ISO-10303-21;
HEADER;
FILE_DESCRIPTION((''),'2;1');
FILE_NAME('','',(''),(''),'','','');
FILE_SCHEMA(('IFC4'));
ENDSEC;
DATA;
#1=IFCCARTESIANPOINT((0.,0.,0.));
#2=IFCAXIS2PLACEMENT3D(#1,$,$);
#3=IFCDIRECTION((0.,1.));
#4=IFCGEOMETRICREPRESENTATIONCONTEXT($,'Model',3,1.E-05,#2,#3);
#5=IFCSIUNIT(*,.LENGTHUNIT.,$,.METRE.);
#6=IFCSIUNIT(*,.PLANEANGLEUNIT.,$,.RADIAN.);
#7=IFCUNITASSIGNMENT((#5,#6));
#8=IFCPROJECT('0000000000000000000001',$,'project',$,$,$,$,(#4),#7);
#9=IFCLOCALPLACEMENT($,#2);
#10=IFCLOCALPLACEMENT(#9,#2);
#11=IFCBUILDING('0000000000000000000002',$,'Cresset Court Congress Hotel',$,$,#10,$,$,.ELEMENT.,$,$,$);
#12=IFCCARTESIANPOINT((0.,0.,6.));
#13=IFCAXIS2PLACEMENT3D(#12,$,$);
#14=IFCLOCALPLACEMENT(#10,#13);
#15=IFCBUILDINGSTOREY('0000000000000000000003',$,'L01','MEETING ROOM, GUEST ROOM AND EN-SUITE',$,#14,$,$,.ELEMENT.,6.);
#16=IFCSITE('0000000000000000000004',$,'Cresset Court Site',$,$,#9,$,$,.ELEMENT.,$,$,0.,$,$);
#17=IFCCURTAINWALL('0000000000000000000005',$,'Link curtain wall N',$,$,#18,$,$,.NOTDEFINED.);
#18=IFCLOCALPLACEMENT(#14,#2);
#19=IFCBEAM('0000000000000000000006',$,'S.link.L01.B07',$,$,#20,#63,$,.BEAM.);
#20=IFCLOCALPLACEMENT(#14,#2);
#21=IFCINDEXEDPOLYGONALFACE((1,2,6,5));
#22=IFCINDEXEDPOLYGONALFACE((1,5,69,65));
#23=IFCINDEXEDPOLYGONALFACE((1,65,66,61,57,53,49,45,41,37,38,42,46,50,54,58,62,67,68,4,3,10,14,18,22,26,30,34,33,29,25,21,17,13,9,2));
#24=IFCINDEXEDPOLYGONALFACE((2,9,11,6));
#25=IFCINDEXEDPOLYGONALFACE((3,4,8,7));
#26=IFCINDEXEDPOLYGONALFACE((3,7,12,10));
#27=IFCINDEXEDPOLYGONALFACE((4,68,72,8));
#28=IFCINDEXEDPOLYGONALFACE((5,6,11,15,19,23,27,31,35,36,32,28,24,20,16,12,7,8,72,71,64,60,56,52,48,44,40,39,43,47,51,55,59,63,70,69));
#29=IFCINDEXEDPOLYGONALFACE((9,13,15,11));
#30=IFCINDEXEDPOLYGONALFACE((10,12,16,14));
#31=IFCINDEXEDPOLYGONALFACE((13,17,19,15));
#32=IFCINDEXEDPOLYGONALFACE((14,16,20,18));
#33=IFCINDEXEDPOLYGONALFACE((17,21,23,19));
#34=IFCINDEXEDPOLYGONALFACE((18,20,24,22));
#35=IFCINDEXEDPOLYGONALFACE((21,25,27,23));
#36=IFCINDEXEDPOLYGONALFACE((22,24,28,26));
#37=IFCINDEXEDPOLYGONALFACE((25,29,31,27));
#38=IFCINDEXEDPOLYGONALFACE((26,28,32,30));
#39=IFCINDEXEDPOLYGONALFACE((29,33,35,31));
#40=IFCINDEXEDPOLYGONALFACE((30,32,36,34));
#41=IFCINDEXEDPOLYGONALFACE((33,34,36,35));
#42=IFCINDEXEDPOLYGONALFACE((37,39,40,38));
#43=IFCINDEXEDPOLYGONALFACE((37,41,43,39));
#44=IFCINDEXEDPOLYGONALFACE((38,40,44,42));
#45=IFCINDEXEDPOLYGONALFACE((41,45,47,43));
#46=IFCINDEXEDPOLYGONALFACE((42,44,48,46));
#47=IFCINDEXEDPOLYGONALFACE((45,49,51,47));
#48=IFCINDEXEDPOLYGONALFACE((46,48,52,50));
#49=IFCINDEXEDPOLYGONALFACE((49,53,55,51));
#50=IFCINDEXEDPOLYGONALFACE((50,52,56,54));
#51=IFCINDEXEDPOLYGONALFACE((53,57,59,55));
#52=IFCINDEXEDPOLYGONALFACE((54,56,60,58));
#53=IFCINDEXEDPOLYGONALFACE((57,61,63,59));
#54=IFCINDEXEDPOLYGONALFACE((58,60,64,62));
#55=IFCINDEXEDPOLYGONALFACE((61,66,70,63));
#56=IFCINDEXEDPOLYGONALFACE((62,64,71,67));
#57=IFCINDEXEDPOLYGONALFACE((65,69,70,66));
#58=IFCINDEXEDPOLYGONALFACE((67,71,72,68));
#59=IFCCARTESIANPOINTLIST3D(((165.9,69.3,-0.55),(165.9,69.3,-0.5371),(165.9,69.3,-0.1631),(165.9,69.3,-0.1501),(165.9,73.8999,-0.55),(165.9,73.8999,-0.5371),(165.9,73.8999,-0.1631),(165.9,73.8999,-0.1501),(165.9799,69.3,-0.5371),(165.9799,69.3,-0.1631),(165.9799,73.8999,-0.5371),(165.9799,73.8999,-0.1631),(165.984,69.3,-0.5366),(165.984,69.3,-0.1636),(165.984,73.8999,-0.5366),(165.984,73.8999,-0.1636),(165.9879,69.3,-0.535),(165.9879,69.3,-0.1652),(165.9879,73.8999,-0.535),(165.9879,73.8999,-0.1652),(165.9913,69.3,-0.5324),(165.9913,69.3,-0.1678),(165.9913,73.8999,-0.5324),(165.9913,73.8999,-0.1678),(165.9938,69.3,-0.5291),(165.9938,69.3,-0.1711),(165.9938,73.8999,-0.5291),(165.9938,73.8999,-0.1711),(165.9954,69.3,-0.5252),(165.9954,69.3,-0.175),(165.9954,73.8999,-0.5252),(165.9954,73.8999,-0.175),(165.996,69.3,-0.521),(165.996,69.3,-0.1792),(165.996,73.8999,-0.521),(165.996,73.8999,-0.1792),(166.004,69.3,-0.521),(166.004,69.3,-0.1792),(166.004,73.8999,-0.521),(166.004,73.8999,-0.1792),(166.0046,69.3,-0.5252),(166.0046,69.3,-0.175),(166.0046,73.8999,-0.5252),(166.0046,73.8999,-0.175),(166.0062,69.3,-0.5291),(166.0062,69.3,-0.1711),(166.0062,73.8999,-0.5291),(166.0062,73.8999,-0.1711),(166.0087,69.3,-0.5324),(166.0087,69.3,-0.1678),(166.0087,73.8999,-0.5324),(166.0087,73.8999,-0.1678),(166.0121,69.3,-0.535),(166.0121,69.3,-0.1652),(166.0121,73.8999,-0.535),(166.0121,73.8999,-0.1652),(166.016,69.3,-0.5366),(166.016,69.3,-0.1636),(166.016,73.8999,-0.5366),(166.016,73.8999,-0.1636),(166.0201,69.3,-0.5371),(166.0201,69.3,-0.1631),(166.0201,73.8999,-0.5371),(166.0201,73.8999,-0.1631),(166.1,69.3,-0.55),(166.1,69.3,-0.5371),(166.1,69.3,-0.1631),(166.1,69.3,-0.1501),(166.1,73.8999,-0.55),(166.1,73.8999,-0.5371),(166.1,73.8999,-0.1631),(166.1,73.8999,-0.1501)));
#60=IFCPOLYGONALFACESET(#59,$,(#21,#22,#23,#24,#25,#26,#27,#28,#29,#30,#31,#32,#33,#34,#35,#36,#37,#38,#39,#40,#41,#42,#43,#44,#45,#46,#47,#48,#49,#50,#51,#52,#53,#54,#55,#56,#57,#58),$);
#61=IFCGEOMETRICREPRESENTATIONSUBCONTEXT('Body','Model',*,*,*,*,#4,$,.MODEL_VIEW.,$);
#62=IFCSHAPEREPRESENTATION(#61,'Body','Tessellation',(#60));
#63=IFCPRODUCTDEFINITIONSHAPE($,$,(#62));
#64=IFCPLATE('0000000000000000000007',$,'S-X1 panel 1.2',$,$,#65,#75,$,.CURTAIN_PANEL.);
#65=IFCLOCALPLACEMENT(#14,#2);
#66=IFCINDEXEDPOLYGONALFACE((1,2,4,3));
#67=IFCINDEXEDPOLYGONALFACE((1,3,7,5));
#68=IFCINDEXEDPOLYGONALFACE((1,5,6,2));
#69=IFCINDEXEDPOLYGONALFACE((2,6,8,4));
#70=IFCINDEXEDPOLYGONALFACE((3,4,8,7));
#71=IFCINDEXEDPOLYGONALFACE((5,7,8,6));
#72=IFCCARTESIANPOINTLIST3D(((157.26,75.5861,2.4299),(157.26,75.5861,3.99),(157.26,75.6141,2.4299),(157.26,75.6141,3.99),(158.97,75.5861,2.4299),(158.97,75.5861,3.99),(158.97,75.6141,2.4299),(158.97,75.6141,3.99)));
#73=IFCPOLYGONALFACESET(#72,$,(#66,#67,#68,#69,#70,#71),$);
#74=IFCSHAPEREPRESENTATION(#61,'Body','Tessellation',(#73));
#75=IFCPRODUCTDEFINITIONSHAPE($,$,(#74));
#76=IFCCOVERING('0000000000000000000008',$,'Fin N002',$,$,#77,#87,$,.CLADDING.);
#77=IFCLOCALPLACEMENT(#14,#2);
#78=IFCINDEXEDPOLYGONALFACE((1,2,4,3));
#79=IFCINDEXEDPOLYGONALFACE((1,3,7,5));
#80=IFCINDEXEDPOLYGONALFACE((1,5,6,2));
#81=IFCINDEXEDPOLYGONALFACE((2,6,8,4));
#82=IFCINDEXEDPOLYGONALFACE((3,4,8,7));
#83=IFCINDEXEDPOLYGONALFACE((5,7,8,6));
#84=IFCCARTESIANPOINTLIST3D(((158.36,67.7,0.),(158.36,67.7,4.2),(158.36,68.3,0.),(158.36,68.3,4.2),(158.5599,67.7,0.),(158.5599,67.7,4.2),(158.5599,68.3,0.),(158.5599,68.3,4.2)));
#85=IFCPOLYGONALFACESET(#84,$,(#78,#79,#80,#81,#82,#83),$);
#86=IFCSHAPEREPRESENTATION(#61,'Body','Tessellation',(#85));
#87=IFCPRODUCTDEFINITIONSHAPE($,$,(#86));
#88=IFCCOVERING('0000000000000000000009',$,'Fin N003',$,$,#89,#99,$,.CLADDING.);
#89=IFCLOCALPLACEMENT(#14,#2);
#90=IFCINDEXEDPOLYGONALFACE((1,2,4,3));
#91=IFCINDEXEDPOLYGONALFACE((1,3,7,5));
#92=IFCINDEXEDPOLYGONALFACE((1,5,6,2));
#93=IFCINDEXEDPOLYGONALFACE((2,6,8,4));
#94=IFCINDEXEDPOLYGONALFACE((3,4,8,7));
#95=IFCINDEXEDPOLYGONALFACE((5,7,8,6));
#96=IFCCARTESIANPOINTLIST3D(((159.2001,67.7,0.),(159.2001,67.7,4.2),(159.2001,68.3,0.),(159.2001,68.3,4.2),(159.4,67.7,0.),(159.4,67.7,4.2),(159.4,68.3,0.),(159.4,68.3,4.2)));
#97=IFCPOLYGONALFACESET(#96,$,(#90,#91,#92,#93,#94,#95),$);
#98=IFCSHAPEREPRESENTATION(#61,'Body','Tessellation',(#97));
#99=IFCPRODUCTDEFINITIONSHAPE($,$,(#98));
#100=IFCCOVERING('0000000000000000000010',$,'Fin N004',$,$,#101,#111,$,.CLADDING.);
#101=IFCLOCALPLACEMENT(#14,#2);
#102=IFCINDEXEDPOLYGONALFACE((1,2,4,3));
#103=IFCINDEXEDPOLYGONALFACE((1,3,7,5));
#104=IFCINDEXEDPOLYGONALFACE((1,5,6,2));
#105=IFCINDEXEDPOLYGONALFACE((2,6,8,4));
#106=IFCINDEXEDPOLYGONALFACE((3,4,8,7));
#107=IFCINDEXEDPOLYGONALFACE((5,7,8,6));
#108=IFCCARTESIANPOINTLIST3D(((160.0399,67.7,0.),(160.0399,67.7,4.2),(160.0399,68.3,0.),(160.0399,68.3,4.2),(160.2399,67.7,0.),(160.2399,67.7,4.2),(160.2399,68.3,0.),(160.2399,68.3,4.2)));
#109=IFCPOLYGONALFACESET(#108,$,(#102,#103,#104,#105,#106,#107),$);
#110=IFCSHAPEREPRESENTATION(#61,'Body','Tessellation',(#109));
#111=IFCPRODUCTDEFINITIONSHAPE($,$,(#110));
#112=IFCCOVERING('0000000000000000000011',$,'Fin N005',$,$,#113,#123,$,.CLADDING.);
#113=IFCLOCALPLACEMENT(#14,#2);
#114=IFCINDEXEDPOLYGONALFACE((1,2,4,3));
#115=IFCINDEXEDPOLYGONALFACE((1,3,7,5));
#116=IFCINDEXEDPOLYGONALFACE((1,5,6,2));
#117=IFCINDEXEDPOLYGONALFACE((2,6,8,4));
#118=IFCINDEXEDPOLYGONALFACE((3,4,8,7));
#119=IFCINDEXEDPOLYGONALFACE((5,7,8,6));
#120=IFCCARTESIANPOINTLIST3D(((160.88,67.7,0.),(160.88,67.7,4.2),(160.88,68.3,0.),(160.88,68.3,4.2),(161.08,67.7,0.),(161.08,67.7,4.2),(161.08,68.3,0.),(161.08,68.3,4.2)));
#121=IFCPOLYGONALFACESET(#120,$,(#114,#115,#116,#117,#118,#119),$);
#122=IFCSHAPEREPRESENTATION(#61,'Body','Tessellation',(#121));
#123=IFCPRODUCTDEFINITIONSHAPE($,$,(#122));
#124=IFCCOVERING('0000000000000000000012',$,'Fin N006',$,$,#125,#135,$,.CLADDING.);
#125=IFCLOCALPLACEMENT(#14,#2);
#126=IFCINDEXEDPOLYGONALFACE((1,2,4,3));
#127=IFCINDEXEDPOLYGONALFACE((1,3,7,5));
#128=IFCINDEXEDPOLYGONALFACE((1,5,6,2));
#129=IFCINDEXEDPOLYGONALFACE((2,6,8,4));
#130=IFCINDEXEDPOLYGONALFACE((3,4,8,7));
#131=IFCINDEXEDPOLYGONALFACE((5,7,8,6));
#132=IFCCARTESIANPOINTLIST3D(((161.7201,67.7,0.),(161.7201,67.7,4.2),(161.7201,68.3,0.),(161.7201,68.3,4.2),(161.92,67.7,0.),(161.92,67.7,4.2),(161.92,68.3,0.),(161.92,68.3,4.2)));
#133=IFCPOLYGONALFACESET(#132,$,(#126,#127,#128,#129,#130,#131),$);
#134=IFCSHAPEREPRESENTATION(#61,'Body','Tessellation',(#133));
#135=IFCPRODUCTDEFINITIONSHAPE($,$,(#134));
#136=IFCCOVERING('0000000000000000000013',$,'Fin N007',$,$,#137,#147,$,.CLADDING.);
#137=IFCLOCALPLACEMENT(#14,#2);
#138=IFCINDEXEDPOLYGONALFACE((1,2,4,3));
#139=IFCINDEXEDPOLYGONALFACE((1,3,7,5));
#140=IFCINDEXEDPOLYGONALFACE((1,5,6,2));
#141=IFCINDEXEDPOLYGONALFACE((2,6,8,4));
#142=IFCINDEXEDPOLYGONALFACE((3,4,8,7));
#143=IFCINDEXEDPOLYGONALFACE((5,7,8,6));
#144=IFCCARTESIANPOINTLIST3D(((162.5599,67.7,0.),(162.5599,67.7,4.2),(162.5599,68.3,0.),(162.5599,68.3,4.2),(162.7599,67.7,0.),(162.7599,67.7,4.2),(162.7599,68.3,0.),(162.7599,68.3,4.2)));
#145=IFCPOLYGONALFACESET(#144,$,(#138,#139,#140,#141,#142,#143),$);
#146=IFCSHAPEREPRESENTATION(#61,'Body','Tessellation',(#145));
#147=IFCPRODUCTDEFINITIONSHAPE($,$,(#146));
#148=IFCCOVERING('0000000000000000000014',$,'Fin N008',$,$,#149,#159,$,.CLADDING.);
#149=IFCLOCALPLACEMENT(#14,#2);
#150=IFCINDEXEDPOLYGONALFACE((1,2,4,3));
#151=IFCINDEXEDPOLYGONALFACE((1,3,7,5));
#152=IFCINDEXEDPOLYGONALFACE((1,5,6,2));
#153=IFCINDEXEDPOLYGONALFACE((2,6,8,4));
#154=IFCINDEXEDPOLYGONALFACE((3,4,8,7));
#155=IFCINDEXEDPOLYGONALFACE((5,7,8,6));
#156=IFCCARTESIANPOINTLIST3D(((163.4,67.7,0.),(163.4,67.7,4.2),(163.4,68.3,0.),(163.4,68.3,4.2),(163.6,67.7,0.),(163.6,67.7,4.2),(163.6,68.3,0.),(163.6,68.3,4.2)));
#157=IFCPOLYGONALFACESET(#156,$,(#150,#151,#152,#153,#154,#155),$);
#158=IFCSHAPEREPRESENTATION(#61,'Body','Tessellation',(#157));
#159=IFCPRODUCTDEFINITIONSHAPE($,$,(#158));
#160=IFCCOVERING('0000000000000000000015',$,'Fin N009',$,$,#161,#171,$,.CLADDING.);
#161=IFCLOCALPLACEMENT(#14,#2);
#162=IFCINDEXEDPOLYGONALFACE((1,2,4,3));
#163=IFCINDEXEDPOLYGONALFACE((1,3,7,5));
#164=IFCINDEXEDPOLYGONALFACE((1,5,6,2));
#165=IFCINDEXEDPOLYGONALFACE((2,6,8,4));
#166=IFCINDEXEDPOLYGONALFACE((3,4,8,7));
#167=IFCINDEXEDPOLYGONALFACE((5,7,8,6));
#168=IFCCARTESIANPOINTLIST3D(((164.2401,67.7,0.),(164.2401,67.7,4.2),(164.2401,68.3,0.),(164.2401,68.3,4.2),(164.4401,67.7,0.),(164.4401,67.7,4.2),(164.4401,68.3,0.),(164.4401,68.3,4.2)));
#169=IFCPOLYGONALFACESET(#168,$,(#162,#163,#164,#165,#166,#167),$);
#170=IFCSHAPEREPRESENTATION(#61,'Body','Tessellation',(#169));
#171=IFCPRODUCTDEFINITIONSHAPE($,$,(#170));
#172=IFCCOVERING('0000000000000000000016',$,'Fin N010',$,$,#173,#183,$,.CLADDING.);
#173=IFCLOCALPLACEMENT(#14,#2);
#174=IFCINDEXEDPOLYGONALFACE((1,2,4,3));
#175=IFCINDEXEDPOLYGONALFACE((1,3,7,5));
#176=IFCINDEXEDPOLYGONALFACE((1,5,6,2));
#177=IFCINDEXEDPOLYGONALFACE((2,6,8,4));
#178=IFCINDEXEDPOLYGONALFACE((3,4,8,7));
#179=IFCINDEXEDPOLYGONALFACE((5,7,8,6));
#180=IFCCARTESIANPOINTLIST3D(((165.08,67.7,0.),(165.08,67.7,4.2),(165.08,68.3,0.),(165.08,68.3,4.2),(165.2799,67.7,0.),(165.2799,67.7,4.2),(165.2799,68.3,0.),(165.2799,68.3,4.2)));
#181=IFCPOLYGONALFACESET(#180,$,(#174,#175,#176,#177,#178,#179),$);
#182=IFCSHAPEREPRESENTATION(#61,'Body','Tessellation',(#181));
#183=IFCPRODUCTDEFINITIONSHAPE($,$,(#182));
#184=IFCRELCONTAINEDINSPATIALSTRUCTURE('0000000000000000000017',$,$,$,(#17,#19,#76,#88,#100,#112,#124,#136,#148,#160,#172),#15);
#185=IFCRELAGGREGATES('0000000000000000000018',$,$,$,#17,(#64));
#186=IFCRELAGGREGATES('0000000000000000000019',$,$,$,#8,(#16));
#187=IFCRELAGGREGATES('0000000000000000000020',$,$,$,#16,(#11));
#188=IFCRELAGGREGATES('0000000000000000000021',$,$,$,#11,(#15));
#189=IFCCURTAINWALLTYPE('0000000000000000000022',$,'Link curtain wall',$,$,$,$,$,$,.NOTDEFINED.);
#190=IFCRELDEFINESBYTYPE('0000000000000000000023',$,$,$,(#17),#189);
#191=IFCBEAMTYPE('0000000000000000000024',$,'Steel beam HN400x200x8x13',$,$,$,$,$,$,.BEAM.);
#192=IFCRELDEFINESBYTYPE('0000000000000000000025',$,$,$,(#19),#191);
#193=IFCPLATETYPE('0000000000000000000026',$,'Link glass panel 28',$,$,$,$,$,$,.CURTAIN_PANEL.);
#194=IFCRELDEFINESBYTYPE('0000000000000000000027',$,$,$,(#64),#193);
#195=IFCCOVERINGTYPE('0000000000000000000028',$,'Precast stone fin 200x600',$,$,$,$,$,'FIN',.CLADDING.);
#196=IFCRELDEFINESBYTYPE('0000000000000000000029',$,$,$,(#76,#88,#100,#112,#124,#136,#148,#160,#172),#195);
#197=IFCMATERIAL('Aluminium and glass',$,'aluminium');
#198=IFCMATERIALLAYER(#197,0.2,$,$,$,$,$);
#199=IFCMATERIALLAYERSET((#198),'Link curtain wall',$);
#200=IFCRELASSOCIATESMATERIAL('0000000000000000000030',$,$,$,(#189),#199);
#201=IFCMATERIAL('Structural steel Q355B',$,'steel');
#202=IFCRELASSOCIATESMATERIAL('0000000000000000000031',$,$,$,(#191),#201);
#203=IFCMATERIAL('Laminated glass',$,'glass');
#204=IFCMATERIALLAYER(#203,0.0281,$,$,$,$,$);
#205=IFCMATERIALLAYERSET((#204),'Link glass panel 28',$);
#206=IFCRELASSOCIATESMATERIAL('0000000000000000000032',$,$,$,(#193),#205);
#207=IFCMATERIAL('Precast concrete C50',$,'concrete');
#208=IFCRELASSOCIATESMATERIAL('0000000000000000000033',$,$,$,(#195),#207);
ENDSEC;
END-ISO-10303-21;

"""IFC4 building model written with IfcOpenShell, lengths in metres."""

from ifc_helpers import new_model, si_unit, direction, frame, origin, origin_2d, place, context, subcontext, project, spatial, rectangle, i_section, extrude, material, layer, layer_set, material_profile, profile_set, type_object, element, aggregate, save


model = new_model("IFC4")

# Units and contexts
model_context = context("Model", 3, precision=1e-05, world=origin(), true_north=direction((0.0, 1.0)))
body_context = subcontext(model_context, "Body", "Model", "MODEL_VIEW")
ifc_project = project(units=[si_unit("LENGTHUNIT", "METRE"), si_unit("PLANEANGLEUNIT", "RADIAN")], contexts=[model_context])

# Site, building, storey
site_placement = place(None, origin())
site = spatial("IfcSite", under=ifc_project, at=site_placement, Name="Cresset Court Site", CompositionType="ELEMENT", RefElevation=0.0)
building_placement = place(site_placement, origin())
building = spatial("IfcBuilding", under=site, at=building_placement, Name="Cresset Court Congress Hotel", CompositionType="ELEMENT")
storey_placement = place(building_placement, frame((0.0, 0.0, 6.0)))
storey = spatial("IfcBuildingStorey", under=building, at=storey_placement, Name="L01", Description="MEETING ROOM, GUEST ROOM AND EN-SUITE", CompositionType="ELEMENT", Elevation=6.0)

# Curtain wall
ifc_material_1 = material(Name="Aluminium and glass", Category="aluminium")
ifc_layer_1 = layer(ifc_material_1, 0.2)
ifc_layer_set_1 = layer_set([ifc_layer_1], Name="Link curtain wall")
curtain_wall_type = type_object("IfcCurtainWallType", Name="Link curtain wall", PredefinedType="NOTDEFINED", material=ifc_layer_set_1)
curtain_wall_placement = place(storey_placement, origin())
curtain_wall = element("IfcCurtainWall", 1, at=curtain_wall_placement, inside=storey, type_object=curtain_wall_type, Name="Link curtain wall N", PredefinedType="NOTDEFINED")

# Beam
ifc_material_2 = material(Name="Structural steel Q355B", Category="steel")
ifc_material_profile_1 = material_profile(ifc_material_2, i_section(OverallWidth=0.2, OverallDepth=0.3999, WebThickness=0.0081, FlangeThickness=0.0129, FilletRadius=0.0161, at=origin_2d()), Name="HN400x200x8x13")
ifc_profile_set_1 = profile_set([ifc_material_profile_1], Name="Structural steel Q355B")
beam_type = type_object("IfcBeamType", Name="Steel beam HN400x200x8x13", PredefinedType="BEAM", material=ifc_profile_set_1)
for number, where, z_axis, x_axis, name in (
    (2, (166.0, 69.3, -0.3501), (0.0, 1.0, 0.0), (-1.0, 0.0, 0.0), "S.link.L01.B07"),
):
    element("IfcBeam", number, at=place(storey_placement, frame(where, z_axis=z_axis, x_axis=x_axis)), inside=storey, type_object=beam_type, Name=name, PredefinedType="BEAM", context=body_context, shape_type="SweptSolid", body=[
        extrude(i_section(OverallWidth=0.2, OverallDepth=0.3999, WebThickness=0.0081, FlangeThickness=0.0129, FilletRadius=0.0161, at=origin_2d()), origin(), (0.0, 0.0, 1.0), 4.5999),
    ])

# Plate
ifc_material_3 = material(Name="Laminated glass", Category="glass")
ifc_layer_2 = layer(ifc_material_3, 0.0281)
ifc_layer_set_2 = layer_set([ifc_layer_2], Name="Link glass panel 28")
plate_type = type_object("IfcPlateType", Name="Link glass panel 28", PredefinedType="CURTAIN_PANEL", material=ifc_layer_set_2)
plate_placement = place(storey_placement, frame((158.115, 75.6001, 2.4299), z_axis=(0.0, 0.0, 1.0), x_axis=(1.0, 0.0, 0.0)))
plate = element("IfcPlate", 3, at=plate_placement, type_object=plate_type, Name="S-X1 panel 1.2", PredefinedType="CURTAIN_PANEL", context=body_context, shape_type="SweptSolid", body=[
    extrude(rectangle(XDim=1.71, YDim=0.0281, at=origin_2d()), origin(), (0.0, 0.0, 1.0), 1.5601),
])
aggregate(curtain_wall, [plate])

# Coverings
ifc_material_4 = material(Name="Precast concrete C50", Category="concrete")
covering_type = type_object("IfcCoveringType", Name="Precast stone fin 200x600", ElementType="FIN", PredefinedType="CLADDING", material=ifc_material_4)
for number, where, z_axis, x_axis, name in (
    (4, (158.46, 68.0, 0.0), (0.0, 0.0, 1.0), (1.0, 0.0, 0.0), "Fin N002"),
    (5, (159.3, 68.0, 0.0), (0.0, 0.0, 1.0), (1.0, 0.0, 0.0), "Fin N003"),
    (6, (160.1399, 68.0, 0.0), (0.0, 0.0, 1.0), (1.0, 0.0, 0.0), "Fin N004"),
    (7, (160.98, 68.0, 0.0), (0.0, 0.0, 1.0), (1.0, 0.0, 0.0), "Fin N005"),
    (8, (161.8201, 68.0, 0.0), (0.0, 0.0, 1.0), (1.0, 0.0, 0.0), "Fin N006"),
    (9, (162.6599, 68.0, 0.0), (0.0, 0.0, 1.0), (1.0, 0.0, 0.0), "Fin N007"),
    (10, (163.5, 68.0, 0.0), (0.0, 0.0, 1.0), (1.0, 0.0, 0.0), "Fin N008"),
    (11, (164.3401, 68.0, 0.0), (0.0, 0.0, 1.0), (1.0, 0.0, 0.0), "Fin N009"),
    (12, (165.1799, 68.0, 0.0), (0.0, 0.0, 1.0), (1.0, 0.0, 0.0), "Fin N010"),
):
    element("IfcCovering", number, at=place(storey_placement, frame(where, z_axis=z_axis, x_axis=x_axis)), inside=storey, type_object=covering_type, Name=name, PredefinedType="CLADDING", context=body_context, shape_type="SweptSolid", body=[
        extrude(rectangle(XDim=0.2, YDim=0.6001, at=origin_2d()), origin(), (0.0, 0.0, 1.0), 4.2),
    ])

save(model, "model.ifc")
